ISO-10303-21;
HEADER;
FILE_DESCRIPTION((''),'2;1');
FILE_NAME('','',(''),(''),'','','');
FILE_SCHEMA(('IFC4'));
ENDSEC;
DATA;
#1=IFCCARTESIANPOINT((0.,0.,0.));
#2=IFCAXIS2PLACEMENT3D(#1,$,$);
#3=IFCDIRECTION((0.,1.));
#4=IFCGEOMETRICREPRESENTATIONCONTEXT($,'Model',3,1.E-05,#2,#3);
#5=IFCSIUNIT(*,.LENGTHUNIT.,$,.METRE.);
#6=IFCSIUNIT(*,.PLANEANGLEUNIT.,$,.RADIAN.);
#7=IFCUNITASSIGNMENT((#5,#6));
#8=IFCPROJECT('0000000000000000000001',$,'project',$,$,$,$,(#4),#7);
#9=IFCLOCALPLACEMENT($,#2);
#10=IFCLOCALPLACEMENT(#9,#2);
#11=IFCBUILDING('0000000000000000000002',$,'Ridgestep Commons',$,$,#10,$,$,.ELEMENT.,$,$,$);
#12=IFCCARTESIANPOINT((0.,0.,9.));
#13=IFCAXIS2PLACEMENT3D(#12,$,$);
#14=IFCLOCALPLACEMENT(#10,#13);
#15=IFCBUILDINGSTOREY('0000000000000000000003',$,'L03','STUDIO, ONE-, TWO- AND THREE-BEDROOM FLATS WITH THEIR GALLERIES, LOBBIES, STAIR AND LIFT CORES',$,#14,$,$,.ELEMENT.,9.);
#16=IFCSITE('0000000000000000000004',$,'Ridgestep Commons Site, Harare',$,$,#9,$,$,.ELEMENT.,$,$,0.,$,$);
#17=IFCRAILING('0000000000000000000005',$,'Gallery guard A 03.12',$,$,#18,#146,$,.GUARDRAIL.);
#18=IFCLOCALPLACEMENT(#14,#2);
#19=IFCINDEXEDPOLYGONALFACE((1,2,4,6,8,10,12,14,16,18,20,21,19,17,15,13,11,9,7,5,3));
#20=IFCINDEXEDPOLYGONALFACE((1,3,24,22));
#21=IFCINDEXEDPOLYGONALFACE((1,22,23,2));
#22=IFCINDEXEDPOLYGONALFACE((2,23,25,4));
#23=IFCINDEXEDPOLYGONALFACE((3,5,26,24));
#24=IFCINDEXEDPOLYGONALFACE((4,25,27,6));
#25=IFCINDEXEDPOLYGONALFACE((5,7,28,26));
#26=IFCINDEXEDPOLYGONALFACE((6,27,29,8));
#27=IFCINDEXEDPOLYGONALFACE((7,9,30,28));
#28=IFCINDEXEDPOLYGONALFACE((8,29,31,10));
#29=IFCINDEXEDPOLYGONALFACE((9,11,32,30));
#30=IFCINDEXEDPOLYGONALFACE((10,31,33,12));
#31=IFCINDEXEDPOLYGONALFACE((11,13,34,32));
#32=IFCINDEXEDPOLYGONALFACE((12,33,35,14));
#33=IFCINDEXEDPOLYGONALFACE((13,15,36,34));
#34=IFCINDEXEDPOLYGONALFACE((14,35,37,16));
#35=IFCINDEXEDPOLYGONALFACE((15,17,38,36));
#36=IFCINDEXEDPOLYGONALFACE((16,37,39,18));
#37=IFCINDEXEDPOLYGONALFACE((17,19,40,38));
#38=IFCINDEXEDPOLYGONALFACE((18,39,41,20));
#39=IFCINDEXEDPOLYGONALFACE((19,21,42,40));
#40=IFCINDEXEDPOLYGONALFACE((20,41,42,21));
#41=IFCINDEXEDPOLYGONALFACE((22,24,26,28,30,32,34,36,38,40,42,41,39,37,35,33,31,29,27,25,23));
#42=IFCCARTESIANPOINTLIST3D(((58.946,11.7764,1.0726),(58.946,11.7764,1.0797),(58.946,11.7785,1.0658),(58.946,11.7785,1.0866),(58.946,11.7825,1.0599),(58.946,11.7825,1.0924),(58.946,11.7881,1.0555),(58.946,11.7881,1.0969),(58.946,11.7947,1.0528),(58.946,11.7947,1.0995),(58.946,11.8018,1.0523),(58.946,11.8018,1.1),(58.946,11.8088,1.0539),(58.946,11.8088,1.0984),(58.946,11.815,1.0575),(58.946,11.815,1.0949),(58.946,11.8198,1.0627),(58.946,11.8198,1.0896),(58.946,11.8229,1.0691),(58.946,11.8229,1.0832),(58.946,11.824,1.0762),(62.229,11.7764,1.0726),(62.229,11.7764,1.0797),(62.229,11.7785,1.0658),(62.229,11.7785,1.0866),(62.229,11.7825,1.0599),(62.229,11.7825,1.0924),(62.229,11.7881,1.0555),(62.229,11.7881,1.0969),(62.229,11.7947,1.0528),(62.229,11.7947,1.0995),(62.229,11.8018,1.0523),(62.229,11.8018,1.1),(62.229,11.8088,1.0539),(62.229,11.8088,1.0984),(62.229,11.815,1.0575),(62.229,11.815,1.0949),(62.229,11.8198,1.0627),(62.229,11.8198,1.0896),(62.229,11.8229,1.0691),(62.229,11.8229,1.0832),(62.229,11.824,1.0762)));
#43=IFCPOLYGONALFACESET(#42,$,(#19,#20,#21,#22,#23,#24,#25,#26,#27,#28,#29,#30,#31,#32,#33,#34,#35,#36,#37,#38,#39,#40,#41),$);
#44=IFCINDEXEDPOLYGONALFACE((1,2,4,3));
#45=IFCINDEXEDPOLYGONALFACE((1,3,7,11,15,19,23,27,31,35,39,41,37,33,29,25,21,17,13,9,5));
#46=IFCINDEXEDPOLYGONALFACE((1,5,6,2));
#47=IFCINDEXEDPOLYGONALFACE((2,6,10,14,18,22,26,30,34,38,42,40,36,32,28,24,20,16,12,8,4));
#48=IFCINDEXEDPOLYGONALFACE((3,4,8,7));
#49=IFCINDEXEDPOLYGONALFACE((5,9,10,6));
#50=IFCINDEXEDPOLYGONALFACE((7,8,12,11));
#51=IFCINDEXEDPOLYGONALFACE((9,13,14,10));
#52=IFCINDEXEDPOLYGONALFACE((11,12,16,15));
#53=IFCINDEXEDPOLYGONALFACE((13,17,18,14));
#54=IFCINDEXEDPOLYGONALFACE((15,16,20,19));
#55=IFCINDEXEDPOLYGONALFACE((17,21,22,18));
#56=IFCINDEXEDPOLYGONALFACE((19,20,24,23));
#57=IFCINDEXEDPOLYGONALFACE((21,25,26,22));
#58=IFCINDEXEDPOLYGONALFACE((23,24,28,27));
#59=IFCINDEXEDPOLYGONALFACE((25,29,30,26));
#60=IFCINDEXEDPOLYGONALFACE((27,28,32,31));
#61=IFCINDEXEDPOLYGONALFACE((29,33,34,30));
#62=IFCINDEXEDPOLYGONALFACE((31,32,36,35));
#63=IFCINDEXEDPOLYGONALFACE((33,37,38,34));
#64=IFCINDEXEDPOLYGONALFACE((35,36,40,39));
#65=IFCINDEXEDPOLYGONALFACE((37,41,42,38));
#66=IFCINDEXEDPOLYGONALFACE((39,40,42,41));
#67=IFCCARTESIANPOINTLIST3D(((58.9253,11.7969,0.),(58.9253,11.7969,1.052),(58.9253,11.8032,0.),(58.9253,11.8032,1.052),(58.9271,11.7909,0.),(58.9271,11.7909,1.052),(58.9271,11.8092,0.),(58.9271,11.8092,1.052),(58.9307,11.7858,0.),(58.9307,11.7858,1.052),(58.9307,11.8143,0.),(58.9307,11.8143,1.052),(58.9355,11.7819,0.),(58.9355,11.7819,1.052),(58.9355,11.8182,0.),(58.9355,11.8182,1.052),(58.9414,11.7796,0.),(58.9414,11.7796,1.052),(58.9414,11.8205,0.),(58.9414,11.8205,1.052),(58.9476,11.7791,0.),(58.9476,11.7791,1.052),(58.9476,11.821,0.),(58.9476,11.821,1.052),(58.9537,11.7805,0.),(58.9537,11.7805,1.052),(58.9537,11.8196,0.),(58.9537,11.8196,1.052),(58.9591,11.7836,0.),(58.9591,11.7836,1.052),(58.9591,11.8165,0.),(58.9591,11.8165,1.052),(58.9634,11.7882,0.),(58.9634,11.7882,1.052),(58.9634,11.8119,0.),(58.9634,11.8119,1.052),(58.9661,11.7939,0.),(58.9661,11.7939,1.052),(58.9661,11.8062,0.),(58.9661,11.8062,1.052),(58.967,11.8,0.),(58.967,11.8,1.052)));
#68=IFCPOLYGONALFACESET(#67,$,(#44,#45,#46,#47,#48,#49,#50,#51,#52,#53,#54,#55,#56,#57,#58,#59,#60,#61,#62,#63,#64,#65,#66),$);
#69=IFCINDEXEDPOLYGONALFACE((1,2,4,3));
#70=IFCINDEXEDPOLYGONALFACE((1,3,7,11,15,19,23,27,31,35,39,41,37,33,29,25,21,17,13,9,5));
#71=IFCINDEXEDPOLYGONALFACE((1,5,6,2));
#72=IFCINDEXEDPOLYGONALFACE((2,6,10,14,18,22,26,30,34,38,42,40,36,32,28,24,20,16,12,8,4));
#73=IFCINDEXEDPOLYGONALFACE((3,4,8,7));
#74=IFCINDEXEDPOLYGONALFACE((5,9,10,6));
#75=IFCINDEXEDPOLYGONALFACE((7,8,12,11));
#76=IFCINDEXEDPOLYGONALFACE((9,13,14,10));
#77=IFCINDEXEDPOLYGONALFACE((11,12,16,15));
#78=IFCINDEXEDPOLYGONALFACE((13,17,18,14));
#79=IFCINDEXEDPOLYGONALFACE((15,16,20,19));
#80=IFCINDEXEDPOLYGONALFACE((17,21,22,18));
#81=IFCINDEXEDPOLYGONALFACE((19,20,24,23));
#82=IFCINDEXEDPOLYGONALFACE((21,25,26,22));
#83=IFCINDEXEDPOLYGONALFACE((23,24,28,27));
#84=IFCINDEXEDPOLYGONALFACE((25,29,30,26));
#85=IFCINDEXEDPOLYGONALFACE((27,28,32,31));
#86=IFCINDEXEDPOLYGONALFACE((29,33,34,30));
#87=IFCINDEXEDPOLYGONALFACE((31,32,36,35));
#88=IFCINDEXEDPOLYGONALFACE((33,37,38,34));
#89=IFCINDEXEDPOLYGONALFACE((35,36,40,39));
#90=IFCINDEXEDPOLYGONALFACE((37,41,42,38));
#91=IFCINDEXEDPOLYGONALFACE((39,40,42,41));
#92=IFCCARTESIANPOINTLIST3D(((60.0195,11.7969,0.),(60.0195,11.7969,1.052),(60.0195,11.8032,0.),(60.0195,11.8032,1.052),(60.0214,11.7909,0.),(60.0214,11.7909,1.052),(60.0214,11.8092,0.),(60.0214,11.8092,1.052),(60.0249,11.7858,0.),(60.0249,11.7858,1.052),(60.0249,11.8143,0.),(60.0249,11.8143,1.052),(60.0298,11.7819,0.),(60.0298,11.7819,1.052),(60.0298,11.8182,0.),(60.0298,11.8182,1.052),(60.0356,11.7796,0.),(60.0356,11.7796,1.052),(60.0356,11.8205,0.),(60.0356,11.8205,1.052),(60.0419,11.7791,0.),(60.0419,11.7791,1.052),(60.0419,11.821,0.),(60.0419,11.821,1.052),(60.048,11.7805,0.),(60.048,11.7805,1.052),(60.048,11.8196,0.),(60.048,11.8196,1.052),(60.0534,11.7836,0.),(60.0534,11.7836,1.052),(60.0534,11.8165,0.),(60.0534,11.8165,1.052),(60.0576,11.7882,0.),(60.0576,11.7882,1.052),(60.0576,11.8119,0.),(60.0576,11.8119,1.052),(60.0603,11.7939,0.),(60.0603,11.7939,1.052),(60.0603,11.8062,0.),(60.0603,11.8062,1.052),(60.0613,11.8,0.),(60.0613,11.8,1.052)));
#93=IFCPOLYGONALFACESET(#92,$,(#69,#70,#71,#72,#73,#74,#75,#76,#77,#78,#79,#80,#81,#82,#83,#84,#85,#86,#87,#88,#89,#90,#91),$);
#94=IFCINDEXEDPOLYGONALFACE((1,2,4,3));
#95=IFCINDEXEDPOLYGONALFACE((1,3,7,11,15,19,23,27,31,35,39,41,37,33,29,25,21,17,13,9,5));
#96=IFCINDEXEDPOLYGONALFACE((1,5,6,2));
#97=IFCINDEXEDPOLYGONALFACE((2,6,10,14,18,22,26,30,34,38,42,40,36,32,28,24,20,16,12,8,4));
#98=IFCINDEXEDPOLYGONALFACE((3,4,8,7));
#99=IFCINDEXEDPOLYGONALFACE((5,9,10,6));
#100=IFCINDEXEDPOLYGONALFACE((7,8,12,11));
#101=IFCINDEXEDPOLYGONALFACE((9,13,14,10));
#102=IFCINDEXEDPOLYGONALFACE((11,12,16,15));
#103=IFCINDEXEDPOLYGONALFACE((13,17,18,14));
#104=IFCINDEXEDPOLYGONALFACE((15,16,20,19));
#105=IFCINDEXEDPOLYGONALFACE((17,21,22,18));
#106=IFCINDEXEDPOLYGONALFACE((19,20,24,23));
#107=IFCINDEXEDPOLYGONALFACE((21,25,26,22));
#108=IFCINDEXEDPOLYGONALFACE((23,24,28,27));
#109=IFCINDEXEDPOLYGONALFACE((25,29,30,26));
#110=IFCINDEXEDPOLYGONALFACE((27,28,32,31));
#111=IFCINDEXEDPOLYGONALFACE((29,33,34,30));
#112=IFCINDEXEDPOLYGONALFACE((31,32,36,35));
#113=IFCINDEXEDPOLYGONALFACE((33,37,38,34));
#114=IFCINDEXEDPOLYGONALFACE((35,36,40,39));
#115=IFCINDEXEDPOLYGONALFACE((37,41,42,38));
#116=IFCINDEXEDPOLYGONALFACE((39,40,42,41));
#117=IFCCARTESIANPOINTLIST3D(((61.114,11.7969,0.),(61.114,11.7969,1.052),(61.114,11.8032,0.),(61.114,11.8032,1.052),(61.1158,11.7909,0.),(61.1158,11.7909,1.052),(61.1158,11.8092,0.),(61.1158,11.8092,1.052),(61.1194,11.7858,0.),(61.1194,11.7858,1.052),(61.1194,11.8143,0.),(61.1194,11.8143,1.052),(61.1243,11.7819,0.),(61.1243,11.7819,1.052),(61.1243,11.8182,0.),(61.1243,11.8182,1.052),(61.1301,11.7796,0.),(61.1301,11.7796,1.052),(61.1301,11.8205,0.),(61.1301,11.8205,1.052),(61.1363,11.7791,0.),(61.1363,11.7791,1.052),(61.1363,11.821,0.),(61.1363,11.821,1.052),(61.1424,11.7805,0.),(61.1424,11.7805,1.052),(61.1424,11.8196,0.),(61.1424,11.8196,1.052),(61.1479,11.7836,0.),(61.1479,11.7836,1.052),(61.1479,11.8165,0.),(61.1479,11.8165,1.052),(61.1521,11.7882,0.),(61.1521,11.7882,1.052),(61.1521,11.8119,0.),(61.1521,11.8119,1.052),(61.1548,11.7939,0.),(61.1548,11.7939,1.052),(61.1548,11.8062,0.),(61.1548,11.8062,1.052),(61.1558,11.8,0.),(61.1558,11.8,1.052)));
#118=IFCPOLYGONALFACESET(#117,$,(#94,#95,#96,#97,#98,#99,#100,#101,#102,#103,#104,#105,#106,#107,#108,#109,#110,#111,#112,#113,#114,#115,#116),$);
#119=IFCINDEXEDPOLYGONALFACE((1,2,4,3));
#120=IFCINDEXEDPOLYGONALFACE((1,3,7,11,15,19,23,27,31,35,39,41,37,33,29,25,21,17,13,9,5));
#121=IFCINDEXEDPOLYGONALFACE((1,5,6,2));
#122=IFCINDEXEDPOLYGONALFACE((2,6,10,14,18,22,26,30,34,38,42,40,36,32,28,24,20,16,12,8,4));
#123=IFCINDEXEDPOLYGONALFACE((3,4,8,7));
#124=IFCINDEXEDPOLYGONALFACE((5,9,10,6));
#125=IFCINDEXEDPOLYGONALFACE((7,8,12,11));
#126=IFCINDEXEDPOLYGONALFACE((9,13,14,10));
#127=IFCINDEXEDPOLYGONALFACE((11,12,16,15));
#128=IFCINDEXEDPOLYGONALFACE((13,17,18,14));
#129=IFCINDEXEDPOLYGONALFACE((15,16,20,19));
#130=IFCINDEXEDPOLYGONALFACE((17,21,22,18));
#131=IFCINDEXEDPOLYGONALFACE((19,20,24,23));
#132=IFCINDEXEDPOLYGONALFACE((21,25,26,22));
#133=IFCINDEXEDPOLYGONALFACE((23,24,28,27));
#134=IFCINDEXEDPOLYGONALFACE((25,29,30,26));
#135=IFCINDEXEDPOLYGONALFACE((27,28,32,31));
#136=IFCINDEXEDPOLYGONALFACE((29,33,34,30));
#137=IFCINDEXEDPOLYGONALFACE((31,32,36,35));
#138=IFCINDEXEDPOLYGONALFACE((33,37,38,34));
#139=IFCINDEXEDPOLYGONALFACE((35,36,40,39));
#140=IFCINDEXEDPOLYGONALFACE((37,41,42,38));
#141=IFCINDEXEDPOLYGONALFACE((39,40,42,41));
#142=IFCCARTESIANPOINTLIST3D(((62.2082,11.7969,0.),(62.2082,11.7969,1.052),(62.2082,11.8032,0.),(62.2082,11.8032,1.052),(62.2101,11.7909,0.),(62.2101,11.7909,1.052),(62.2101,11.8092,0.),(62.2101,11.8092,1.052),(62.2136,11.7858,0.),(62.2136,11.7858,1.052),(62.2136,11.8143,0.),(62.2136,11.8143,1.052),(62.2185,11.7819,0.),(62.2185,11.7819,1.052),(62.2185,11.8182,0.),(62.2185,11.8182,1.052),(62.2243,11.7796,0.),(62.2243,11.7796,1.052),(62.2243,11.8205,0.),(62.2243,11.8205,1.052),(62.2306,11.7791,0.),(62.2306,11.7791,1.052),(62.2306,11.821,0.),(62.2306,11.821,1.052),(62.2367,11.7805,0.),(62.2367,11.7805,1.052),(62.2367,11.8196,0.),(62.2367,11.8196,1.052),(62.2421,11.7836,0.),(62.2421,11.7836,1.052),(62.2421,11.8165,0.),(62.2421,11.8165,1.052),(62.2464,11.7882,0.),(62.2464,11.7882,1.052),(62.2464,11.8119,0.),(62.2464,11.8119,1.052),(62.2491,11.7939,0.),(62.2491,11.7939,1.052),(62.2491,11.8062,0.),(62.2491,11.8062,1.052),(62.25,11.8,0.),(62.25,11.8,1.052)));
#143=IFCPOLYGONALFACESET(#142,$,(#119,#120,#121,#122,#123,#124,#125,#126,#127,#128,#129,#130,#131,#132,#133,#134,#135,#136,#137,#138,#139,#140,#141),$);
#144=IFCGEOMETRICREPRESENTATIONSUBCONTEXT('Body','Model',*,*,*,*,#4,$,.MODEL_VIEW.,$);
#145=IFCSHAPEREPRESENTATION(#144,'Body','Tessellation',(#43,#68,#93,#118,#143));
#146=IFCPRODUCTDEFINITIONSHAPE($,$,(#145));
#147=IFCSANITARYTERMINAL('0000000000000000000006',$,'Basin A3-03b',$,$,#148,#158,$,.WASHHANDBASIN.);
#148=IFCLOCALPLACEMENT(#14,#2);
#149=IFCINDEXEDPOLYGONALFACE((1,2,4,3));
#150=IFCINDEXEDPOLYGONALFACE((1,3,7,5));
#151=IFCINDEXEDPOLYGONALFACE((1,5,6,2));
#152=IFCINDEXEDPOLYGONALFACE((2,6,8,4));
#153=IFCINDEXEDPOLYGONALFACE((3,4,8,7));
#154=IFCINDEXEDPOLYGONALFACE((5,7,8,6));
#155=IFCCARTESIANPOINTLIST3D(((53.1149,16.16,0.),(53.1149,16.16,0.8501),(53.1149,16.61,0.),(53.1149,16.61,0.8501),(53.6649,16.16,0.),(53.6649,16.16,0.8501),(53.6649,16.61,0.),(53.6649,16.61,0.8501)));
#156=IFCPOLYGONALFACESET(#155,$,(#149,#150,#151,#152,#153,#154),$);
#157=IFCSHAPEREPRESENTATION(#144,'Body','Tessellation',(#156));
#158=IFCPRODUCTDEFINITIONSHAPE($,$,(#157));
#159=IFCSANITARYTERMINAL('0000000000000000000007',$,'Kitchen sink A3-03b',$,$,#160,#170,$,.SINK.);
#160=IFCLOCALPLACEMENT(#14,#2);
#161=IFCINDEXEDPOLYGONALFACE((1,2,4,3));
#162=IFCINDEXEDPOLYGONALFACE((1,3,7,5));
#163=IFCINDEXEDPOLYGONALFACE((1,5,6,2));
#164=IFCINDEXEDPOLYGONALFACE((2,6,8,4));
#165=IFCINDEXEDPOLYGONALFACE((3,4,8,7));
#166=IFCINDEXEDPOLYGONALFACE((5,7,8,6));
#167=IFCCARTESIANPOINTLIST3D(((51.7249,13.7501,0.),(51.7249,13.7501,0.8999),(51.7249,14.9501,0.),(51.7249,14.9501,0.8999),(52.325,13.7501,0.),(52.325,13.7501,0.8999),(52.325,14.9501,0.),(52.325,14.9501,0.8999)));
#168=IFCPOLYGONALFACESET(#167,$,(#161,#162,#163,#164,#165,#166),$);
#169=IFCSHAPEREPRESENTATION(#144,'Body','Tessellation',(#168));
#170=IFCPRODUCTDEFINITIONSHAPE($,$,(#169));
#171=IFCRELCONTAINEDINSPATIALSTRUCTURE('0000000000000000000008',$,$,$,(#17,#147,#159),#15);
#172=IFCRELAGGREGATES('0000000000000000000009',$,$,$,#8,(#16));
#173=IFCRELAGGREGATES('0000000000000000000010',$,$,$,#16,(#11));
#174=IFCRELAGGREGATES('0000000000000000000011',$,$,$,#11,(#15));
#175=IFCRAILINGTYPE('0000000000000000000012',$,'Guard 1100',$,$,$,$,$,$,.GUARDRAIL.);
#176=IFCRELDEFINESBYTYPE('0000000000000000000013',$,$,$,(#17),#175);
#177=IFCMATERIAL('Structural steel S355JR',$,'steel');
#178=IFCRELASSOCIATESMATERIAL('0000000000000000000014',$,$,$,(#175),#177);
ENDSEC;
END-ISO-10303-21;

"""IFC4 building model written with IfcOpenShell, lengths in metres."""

from ifc_helpers import new_model, si_unit, direction, frame, origin, origin_2d, place, context, subcontext, project, spatial, rectangle, circle, extrude, material, type_object, element, save


model = new_model("IFC4")

# Units and contexts
model_context = context("Model", 3, precision=1e-05, world=origin(), true_north=direction((0.0, 1.0)))
body_context = subcontext(model_context, "Body", "Model", "MODEL_VIEW")
ifc_project = project(units=[si_unit("LENGTHUNIT", "METRE"), si_unit("PLANEANGLEUNIT", "RADIAN")], contexts=[model_context])

# Site, building, storey
site_placement = place(None, origin())
site = spatial("IfcSite", under=ifc_project, at=site_placement, Name="Ridgestep Commons Site, Harare", CompositionType="ELEMENT", RefElevation=0.0)
building_placement = place(site_placement, origin())
building = spatial("IfcBuilding", under=site, at=building_placement, Name="Ridgestep Commons", CompositionType="ELEMENT")
storey_placement = place(building_placement, frame((0.0, 0.0, 9.0)))
storey = spatial("IfcBuildingStorey", under=building, at=storey_placement, Name="L03", Description="STUDIO, ONE-, TWO- AND THREE-BEDROOM FLATS WITH THEIR GALLERIES, LOBBIES, STAIR AND LIFT CORES", CompositionType="ELEMENT", Elevation=9.0)

# Railing
ifc_material_1 = material(Name="Structural steel S355JR", Category="steel")
railing_type = type_object("IfcRailingType", Name="Guard 1100", PredefinedType="GUARDRAIL", material=ifc_material_1)
railing_1_placement = place(storey_placement, frame((58.946, 11.8, 0.0)))
element("IfcRailing", 1, at=railing_1_placement, inside=storey, type_object=railing_type, Name="Gallery guard A 03.12", PredefinedType="GUARDRAIL", context=body_context, shape_type="SweptSolid", body=[
    extrude(circle(Radius=0.0239, at=origin_2d()), frame((0.0, 0.0, 1.0762), z_axis=(1.0, 0.0, 0.0), x_axis=(0.0, 1.0, 0.0)), (0.0, 0.0, 1.0), 3.283),
    extrude(circle(Radius=0.021, at=origin_2d()), origin(), (0.0, 0.0, 1.0), 1.052),
    extrude(circle(Radius=0.021, at=origin_2d()), frame((1.0942, 0.0, 0.0)), (0.0, 0.0, 1.0), 1.052),
    extrude(circle(Radius=0.021, at=origin_2d()), frame((2.1887, 0.0, 0.0)), (0.0, 0.0, 1.0), 1.052),
    extrude(circle(Radius=0.021, at=origin_2d()), frame((3.283, 0.0, 0.0)), (0.0, 0.0, 1.0), 1.052),
])

# Sanitary terminals
sanitary_terminal_1_placement = place(storey_placement, frame((53.3899, 16.385, 0.0), z_axis=(0.0, 0.0, 1.0), x_axis=(1.0, 0.0, 0.0)))
element("IfcSanitaryTerminal", 2, at=sanitary_terminal_1_placement, inside=storey, Name="Basin A3-03b", PredefinedType="WASHHANDBASIN", context=body_context, shape_type="SweptSolid", body=[
    extrude(rectangle(XDim=0.55, YDim=0.45, at=origin_2d()), origin(), (0.0, 0.0, 1.0), 0.8501),
])
sanitary_terminal_2_placement = place(storey_placement, frame((52.0249, 14.3501, 0.0), z_axis=(0.0, 0.0, 1.0), x_axis=(1.0, 0.0, 0.0)))
element("IfcSanitaryTerminal", 3, at=sanitary_terminal_2_placement, inside=storey, Name="Kitchen sink A3-03b", PredefinedType="SINK", context=body_context, shape_type="SweptSolid", body=[
    extrude(rectangle(XDim=0.6001, YDim=1.2, at=origin_2d()), origin(), (0.0, 0.0, 1.0), 0.8999),
])

save(model, "model.ifc")
